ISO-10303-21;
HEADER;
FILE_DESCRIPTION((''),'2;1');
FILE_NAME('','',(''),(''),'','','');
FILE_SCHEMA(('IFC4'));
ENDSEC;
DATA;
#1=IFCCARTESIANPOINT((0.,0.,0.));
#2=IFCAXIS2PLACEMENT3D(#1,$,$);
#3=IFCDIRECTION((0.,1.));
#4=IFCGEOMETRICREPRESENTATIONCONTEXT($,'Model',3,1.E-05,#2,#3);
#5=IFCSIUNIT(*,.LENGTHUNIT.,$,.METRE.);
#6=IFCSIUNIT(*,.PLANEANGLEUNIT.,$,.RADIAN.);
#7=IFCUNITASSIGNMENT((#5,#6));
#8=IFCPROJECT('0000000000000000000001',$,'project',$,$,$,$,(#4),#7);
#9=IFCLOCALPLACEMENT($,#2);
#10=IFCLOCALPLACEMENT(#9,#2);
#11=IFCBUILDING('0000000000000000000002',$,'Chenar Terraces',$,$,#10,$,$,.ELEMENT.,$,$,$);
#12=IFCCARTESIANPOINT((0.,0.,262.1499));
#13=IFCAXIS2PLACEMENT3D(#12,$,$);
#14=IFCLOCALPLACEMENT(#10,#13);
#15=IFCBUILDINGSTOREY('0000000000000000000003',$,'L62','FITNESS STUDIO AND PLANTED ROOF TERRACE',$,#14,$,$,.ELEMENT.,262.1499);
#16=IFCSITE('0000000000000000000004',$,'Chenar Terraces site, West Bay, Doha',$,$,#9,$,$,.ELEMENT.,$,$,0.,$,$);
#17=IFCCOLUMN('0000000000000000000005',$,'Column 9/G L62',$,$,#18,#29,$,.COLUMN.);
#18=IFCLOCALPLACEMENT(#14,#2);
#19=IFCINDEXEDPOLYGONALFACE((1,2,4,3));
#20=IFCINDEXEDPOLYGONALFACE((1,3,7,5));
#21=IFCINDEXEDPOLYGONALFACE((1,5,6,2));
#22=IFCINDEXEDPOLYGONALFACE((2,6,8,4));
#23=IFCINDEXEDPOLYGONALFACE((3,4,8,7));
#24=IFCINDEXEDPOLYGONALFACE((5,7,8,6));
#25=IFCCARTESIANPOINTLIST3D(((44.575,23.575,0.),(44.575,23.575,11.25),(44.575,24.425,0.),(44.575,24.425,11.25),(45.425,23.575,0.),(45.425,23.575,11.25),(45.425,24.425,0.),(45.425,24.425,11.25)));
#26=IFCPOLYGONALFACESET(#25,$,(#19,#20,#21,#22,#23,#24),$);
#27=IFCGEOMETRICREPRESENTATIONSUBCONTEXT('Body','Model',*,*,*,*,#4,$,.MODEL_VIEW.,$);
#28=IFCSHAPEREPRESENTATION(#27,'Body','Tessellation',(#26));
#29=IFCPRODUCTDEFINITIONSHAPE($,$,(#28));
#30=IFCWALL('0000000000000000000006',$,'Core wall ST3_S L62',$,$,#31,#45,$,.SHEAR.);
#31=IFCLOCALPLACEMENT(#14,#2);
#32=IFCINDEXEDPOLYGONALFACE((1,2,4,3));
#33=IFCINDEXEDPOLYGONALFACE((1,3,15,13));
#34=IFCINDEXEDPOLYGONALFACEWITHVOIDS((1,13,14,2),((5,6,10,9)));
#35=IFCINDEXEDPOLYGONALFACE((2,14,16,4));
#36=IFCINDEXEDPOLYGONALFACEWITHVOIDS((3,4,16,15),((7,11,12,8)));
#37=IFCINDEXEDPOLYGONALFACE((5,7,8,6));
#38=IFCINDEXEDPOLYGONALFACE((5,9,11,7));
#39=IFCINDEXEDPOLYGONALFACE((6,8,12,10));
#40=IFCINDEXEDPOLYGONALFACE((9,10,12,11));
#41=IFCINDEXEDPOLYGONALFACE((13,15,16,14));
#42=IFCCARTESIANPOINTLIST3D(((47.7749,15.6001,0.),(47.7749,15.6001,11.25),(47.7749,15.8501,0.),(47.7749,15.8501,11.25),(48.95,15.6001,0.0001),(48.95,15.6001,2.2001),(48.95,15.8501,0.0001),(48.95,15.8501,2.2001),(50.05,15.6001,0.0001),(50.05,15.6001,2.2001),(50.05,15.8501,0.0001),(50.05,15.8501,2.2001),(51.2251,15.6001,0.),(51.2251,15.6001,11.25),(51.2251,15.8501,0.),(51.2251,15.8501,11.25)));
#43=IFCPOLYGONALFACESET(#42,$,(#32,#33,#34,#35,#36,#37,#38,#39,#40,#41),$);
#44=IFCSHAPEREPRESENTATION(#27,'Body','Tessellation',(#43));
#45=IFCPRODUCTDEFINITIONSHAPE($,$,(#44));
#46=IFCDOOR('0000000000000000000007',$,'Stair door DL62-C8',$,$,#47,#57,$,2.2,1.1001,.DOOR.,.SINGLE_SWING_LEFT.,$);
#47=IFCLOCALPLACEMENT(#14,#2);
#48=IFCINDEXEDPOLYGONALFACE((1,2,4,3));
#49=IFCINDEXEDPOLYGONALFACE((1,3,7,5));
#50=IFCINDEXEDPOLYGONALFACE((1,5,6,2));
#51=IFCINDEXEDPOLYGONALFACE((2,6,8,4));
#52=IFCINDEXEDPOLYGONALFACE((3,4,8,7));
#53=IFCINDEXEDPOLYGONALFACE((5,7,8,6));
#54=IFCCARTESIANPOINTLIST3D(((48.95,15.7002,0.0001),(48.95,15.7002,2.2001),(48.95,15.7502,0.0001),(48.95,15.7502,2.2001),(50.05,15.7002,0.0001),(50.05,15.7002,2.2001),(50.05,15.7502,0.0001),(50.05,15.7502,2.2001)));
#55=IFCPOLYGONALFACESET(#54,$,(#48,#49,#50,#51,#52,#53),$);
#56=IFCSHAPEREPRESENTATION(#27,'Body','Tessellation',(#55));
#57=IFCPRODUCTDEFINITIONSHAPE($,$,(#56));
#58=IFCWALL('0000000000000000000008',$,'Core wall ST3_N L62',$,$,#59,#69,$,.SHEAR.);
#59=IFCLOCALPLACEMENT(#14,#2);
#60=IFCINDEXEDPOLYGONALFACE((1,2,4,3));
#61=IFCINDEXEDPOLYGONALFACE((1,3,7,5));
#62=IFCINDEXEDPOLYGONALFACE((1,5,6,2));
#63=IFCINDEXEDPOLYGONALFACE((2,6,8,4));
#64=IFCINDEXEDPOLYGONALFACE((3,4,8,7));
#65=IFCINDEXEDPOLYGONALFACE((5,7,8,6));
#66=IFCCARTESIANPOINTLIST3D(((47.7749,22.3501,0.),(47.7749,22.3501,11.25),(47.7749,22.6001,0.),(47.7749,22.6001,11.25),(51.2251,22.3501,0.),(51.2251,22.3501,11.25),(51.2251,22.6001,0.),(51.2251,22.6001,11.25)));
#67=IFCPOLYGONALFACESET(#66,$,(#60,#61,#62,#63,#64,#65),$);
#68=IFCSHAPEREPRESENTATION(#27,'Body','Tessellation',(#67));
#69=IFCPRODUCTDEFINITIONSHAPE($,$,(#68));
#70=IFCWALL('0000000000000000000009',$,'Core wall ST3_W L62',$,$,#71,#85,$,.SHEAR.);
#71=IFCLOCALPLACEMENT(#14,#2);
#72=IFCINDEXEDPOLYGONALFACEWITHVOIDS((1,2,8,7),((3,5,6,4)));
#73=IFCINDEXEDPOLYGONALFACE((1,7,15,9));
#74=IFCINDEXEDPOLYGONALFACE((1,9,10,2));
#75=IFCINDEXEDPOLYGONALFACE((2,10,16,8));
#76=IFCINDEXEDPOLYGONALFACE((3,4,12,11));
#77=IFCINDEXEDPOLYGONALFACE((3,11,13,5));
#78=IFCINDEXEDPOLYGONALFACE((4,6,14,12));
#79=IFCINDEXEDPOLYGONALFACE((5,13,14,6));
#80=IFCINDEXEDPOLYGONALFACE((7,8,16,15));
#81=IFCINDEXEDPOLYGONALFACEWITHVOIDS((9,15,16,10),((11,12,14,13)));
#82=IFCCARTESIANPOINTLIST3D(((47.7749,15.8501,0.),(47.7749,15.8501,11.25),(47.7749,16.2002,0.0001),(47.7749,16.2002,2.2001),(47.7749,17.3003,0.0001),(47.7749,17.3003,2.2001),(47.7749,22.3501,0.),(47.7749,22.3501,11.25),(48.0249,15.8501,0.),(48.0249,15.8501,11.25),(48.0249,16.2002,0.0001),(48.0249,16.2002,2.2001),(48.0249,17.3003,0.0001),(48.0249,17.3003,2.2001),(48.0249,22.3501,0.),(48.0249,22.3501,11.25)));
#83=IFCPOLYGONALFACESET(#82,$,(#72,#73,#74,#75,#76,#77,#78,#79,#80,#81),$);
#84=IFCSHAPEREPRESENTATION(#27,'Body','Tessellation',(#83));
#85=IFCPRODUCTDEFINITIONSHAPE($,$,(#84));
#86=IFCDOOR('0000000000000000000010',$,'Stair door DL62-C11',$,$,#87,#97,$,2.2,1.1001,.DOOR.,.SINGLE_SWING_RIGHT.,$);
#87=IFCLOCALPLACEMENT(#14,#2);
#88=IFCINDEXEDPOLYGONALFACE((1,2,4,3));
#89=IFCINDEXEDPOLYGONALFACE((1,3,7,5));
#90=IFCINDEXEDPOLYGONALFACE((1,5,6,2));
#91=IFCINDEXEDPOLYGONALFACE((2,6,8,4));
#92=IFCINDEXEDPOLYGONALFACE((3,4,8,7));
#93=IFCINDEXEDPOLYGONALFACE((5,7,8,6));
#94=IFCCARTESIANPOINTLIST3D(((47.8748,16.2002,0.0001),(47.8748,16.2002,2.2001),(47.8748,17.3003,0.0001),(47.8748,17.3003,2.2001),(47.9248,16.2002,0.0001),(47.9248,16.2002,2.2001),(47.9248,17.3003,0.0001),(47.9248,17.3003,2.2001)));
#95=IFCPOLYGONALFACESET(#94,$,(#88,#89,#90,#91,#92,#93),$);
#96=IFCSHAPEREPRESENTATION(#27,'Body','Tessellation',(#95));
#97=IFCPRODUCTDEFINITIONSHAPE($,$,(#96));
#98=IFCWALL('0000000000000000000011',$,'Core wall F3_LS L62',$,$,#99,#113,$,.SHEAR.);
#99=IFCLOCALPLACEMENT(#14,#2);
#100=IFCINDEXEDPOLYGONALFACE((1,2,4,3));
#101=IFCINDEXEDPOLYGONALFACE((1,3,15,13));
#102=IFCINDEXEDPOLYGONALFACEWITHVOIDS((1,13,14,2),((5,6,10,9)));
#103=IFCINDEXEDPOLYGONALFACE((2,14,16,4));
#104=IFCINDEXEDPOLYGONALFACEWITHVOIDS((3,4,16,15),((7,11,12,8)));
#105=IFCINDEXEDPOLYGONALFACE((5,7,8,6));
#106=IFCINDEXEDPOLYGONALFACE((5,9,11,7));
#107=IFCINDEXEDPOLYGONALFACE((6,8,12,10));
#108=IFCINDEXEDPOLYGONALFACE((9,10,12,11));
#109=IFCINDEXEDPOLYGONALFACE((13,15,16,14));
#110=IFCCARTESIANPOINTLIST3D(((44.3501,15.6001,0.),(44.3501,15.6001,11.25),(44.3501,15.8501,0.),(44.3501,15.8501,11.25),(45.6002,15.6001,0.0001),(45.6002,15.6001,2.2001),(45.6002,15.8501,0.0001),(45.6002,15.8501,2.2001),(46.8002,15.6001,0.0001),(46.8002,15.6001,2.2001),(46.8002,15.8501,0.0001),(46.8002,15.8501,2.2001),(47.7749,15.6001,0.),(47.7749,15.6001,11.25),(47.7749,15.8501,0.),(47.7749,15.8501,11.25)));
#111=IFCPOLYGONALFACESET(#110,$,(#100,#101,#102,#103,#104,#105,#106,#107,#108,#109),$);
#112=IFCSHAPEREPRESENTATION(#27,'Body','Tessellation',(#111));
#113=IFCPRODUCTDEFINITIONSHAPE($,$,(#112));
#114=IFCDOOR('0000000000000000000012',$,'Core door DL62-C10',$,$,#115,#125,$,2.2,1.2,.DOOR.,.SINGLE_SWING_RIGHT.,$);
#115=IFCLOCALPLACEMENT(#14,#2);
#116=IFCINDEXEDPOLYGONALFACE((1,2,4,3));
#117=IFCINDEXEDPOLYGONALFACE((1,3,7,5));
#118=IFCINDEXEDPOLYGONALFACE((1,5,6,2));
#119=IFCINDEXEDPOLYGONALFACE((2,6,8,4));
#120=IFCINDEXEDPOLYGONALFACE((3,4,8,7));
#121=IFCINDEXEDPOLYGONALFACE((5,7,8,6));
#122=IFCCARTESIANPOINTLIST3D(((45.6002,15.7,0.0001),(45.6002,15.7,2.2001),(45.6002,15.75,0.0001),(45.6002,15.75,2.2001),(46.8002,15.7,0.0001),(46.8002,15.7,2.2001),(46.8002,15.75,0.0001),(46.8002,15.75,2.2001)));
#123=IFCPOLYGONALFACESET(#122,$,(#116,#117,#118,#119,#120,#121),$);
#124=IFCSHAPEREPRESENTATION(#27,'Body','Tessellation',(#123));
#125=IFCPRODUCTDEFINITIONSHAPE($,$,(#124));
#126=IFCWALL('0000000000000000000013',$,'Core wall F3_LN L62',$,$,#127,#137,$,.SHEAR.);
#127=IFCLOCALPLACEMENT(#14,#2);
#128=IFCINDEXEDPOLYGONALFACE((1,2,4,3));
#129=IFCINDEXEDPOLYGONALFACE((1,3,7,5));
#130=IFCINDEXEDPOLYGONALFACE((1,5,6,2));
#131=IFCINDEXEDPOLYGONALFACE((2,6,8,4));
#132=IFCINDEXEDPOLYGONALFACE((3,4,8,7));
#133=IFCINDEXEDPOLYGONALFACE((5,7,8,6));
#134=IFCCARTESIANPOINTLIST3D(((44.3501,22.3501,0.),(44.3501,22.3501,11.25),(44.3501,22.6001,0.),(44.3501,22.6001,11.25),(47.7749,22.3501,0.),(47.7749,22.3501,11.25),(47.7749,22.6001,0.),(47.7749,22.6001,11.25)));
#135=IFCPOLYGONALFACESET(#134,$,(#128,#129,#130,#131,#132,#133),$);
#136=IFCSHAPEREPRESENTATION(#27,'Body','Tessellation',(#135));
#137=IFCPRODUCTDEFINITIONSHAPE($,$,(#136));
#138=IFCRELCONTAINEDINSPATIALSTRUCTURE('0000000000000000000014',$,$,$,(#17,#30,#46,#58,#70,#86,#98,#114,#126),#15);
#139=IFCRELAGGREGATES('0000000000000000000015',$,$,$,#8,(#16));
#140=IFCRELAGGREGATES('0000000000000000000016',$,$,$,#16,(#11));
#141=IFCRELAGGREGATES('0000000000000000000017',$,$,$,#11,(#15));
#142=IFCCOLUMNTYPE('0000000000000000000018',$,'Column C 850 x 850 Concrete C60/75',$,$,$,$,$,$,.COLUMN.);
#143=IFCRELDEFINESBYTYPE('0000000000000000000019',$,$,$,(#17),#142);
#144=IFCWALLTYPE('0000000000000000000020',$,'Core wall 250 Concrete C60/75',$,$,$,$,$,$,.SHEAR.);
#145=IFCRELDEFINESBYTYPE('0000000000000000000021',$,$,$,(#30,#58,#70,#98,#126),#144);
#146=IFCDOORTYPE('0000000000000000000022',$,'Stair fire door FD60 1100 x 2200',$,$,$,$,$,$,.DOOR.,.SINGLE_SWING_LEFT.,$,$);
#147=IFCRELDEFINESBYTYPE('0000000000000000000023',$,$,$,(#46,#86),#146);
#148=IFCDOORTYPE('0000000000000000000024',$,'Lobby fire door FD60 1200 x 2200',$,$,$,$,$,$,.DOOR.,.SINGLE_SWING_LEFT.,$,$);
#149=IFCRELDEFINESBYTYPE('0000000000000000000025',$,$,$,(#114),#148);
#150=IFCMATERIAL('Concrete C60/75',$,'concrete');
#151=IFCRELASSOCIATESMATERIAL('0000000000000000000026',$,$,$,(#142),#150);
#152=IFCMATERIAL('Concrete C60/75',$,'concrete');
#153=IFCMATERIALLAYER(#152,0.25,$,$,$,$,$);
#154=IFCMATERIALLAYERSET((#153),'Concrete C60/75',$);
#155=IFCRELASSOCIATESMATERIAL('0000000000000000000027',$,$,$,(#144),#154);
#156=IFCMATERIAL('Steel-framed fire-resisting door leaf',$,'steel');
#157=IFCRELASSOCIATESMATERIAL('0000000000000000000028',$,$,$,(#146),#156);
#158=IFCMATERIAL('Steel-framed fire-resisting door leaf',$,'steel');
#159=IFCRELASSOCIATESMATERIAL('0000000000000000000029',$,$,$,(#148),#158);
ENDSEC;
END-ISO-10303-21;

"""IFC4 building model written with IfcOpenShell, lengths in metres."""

from ifc_helpers import new_model, si_unit, direction, frame, frame_2d, origin, origin_2d, place, context, subcontext, project, spatial, rectangle, extrude, material, layer, layer_set, material_profile, profile_set, type_object, element, fill, save


model = new_model("IFC4")

# Units and contexts
model_context = context("Model", 3, precision=1e-05, world=origin(), true_north=direction((0.0, 1.0)))
body_context = subcontext(model_context, "Body", "Model", "MODEL_VIEW")
ifc_project = project(units=[si_unit("LENGTHUNIT", "METRE"), si_unit("PLANEANGLEUNIT", "RADIAN")], contexts=[model_context])

# Site, building, storey
site_placement = place(None, origin())
site = spatial("IfcSite", under=ifc_project, at=site_placement, Name="Chenar Terraces site, West Bay, Doha", CompositionType="ELEMENT", RefElevation=0.0)
building_placement = place(site_placement, origin())
building = spatial("IfcBuilding", under=site, at=building_placement, Name="Chenar Terraces", CompositionType="ELEMENT")
storey_placement = place(building_placement, frame((0.0, 0.0, 262.1499)))
storey = spatial("IfcBuildingStorey", under=building, at=storey_placement, Name="L62", Description="FITNESS STUDIO AND PLANTED ROOF TERRACE", CompositionType="ELEMENT", Elevation=262.1499)

# Column
ifc_material_1 = material(Name="Concrete C60/75", Category="concrete")
ifc_material_profile_1 = material_profile(ifc_material_1, rectangle(XDim=0.8501, YDim=0.8501, at=origin_2d()), Name="C 850 x 850")
ifc_profile_set_1 = profile_set([ifc_material_profile_1], Name="Concrete C60/75")
column_type = type_object("IfcColumnType", Name="Column C 850 x 850 Concrete C60/75", PredefinedType="COLUMN", material=ifc_profile_set_1)
column_placement = place(storey_placement, frame((45.0, 24.0, 0.0), z_axis=(0.0, 0.0, 1.0), x_axis=(1.0, 0.0, 0.0)))
element("IfcColumn", 1, at=column_placement, inside=storey, type_object=column_type, Name="Column 9/G L62", PredefinedType="COLUMN", context=body_context, shape_type="SweptSolid", body=[
    extrude(rectangle(XDim=0.8501, YDim=0.8501, at=origin_2d()), origin(), (0.0, 0.0, 1.0), 11.25),
])

# Wall, opening, door
ifc_material_2 = material(Name="Concrete C60/75", Category="concrete")
ifc_layer_1 = layer(ifc_material_2, 0.25)
ifc_layer_set_1 = layer_set([ifc_layer_1], Name="Concrete C60/75")
wall_type_1 = type_object("IfcWallType", Name="Core wall 250 Concrete C60/75", PredefinedType="SHEAR", material=ifc_layer_set_1)
wall_1_placement = place(storey_placement, frame((47.7749, 15.7251, 0.0), z_axis=(0.0, 0.0, 1.0), x_axis=(1.0, 0.0, 0.0)))
wall_1 = element("IfcWall", 2, at=wall_1_placement, inside=storey, type_object=wall_type_1, Name="Core wall ST3_S L62", PredefinedType="SHEAR", context=body_context, shape_type="SweptSolid", body=[
    extrude(rectangle(XDim=3.4502, YDim=0.25, at=frame_2d((1.7251, 0.0))), origin(), (0.0, 0.0, 1.0), 11.25),
])
opening_1_placement = place(wall_1_placement, frame((1.175, 0.0, 0.0)))
opening_1 = element("IfcOpeningElement", 3, at=opening_1_placement, cuts=wall_1, PredefinedType="OPENING", context=body_context, shape_type="SweptSolid", body=[
    extrude(rectangle(XDim=1.1001, YDim=2.2, at=frame_2d((0.55, 1.1001))), frame((0.0, 0.135, 0.0), z_axis=(0.0, -1.0, 0.0), x_axis=(1.0, 0.0, 0.0)), (0.0, 0.0, 1.0), 0.27),
])
ifc_material_3 = material(Name="Steel-framed fire-resisting door leaf", Category="steel")
door_type_1 = type_object("IfcDoorType", Name="Stair fire door FD60 1100 x 2200", OperationType="SINGLE_SWING_LEFT", PredefinedType="DOOR", material=ifc_material_3)
door_1_placement = place(opening_1_placement, frame((1.1001, 0.0, 0.0), z_axis=(0.0, 0.0, 1.0), x_axis=(-1.0, 0.0, 0.0)))
door_1 = element("IfcDoor", 4, at=door_1_placement, inside=storey, type_object=door_type_1, Name="Stair door DL62-C8", OperationType="SINGLE_SWING_LEFT", OverallHeight=2.2, OverallWidth=1.1001, PredefinedType="DOOR", context=body_context, shape_type="SweptSolid", body=[
    extrude(rectangle(XDim=1.1001, YDim=2.2, at=frame_2d((0.55, 1.1001))), frame((0.0, 0.0249, 0.0), z_axis=(0.0, -1.0, 0.0), x_axis=(1.0, 0.0, 0.0)), (0.0, 0.0, 1.0), 0.05),
])
fill(opening_1, door_1)

# Wall
wall_2_placement = place(storey_placement, frame((47.7749, 22.4751, 0.0), z_axis=(0.0, 0.0, 1.0), x_axis=(1.0, 0.0, 0.0)))
element("IfcWall", 5, at=wall_2_placement, inside=storey, type_object=wall_type_1, Name="Core wall ST3_N L62", PredefinedType="SHEAR", context=body_context, shape_type="SweptSolid", body=[
    extrude(rectangle(XDim=3.4502, YDim=0.25, at=frame_2d((1.7251, 0.0))), origin(), (0.0, 0.0, 1.0), 11.25),
])

# Walls, openings, doors
wall_3_placement = place(storey_placement, frame((47.8999, 15.8501, 0.0), z_axis=(0.0, 0.0, 1.0), x_axis=(0.0, 1.0, 0.0)))
wall_3 = element("IfcWall", 6, at=wall_3_placement, inside=storey, type_object=wall_type_1, Name="Core wall ST3_W L62", PredefinedType="SHEAR", context=body_context, shape_type="SweptSolid", body=[
    extrude(rectangle(XDim=6.5, YDim=0.25, at=frame_2d((3.25, 0.0))), origin(), (0.0, 0.0, 1.0), 11.25),
])
opening_2_placement = place(wall_3_placement, frame((0.3501, 0.0, 0.0)))
opening_2 = element("IfcOpeningElement", 7, at=opening_2_placement, cuts=wall_3, PredefinedType="OPENING", context=body_context, shape_type="SweptSolid", body=[
    extrude(rectangle(XDim=1.1001, YDim=2.2, at=frame_2d((0.55, 1.1001))), frame((0.0, 0.135, 0.0), z_axis=(0.0, -1.0, 0.0), x_axis=(1.0, 0.0, 0.0)), (0.0, 0.0, 1.0), 0.27),
])
door_2_placement = place(opening_2_placement, frame((1.1001, 0.0, 0.0), z_axis=(0.0, 0.0, 1.0), x_axis=(-1.0, 0.0, 0.0)))
door_2 = element("IfcDoor", 8, at=door_2_placement, inside=storey, type_object=door_type_1, Name="Stair door DL62-C11", OperationType="SINGLE_SWING_RIGHT", OverallHeight=2.2, OverallWidth=1.1001, PredefinedType="DOOR", context=body_context, shape_type="SweptSolid", body=[
    extrude(rectangle(XDim=1.1001, YDim=2.2, at=frame_2d((0.55, 1.1001))), frame((0.0, 0.0249, 0.0), z_axis=(0.0, -1.0, 0.0), x_axis=(1.0, 0.0, 0.0)), (0.0, 0.0, 1.0), 0.05),
])
fill(opening_2, door_2)
wall_4_placement = place(storey_placement, frame((44.3501, 15.7251, 0.0), z_axis=(0.0, 0.0, 1.0), x_axis=(1.0, 0.0, 0.0)))
wall_4 = element("IfcWall", 9, at=wall_4_placement, inside=storey, type_object=wall_type_1, Name="Core wall F3_LS L62", PredefinedType="SHEAR", context=body_context, shape_type="SweptSolid", body=[
    extrude(rectangle(XDim=3.4248, YDim=0.25, at=frame_2d((1.7124, 0.0))), origin(), (0.0, 0.0, 1.0), 11.25),
])
opening_3_placement = place(wall_4_placement, frame((1.25, 0.0, 0.0)))
opening_3 = element("IfcOpeningElement", 10, at=opening_3_placement, cuts=wall_4, PredefinedType="OPENING", context=body_context, shape_type="SweptSolid", body=[
    extrude(rectangle(XDim=1.2, YDim=2.2, at=frame_2d((0.6001, 1.1001))), frame((0.0, 0.135, 0.0), z_axis=(0.0, -1.0, 0.0), x_axis=(1.0, 0.0, 0.0)), (0.0, 0.0, 1.0), 0.27),
])
ifc_material_4 = material(Name="Steel-framed fire-resisting door leaf", Category="steel")
door_type_2 = type_object("IfcDoorType", Name="Lobby fire door FD60 1200 x 2200", OperationType="SINGLE_SWING_LEFT", PredefinedType="DOOR", material=ifc_material_4)
door_3_placement = place(opening_3_placement, origin())
door_3 = element("IfcDoor", 11, at=door_3_placement, inside=storey, type_object=door_type_2, Name="Core door DL62-C10", OperationType="SINGLE_SWING_RIGHT", OverallHeight=2.2, OverallWidth=1.2, PredefinedType="DOOR", context=body_context, shape_type="SweptSolid", body=[
    extrude(rectangle(XDim=1.2, YDim=2.2, at=frame_2d((0.6001, 1.1001))), frame((0.0, 0.0249, 0.0), z_axis=(0.0, -1.0, 0.0), x_axis=(1.0, 0.0, 0.0)), (0.0, 0.0, 1.0), 0.05),
])
fill(opening_3, door_3)

# Wall
wall_5_placement = place(storey_placement, frame((44.3501, 22.4751, 0.0), z_axis=(0.0, 0.0, 1.0), x_axis=(1.0, 0.0, 0.0)))
element("IfcWall", 12, at=wall_5_placement, inside=storey, type_object=wall_type_1, Name="Core wall F3_LN L62", PredefinedType="SHEAR", context=body_context, shape_type="SweptSolid", body=[
    extrude(rectangle(XDim=3.4248, YDim=0.25, at=frame_2d((1.7124, 0.0))), origin(), (0.0, 0.0, 1.0), 11.25),
])

save(model, "model.ifc")
